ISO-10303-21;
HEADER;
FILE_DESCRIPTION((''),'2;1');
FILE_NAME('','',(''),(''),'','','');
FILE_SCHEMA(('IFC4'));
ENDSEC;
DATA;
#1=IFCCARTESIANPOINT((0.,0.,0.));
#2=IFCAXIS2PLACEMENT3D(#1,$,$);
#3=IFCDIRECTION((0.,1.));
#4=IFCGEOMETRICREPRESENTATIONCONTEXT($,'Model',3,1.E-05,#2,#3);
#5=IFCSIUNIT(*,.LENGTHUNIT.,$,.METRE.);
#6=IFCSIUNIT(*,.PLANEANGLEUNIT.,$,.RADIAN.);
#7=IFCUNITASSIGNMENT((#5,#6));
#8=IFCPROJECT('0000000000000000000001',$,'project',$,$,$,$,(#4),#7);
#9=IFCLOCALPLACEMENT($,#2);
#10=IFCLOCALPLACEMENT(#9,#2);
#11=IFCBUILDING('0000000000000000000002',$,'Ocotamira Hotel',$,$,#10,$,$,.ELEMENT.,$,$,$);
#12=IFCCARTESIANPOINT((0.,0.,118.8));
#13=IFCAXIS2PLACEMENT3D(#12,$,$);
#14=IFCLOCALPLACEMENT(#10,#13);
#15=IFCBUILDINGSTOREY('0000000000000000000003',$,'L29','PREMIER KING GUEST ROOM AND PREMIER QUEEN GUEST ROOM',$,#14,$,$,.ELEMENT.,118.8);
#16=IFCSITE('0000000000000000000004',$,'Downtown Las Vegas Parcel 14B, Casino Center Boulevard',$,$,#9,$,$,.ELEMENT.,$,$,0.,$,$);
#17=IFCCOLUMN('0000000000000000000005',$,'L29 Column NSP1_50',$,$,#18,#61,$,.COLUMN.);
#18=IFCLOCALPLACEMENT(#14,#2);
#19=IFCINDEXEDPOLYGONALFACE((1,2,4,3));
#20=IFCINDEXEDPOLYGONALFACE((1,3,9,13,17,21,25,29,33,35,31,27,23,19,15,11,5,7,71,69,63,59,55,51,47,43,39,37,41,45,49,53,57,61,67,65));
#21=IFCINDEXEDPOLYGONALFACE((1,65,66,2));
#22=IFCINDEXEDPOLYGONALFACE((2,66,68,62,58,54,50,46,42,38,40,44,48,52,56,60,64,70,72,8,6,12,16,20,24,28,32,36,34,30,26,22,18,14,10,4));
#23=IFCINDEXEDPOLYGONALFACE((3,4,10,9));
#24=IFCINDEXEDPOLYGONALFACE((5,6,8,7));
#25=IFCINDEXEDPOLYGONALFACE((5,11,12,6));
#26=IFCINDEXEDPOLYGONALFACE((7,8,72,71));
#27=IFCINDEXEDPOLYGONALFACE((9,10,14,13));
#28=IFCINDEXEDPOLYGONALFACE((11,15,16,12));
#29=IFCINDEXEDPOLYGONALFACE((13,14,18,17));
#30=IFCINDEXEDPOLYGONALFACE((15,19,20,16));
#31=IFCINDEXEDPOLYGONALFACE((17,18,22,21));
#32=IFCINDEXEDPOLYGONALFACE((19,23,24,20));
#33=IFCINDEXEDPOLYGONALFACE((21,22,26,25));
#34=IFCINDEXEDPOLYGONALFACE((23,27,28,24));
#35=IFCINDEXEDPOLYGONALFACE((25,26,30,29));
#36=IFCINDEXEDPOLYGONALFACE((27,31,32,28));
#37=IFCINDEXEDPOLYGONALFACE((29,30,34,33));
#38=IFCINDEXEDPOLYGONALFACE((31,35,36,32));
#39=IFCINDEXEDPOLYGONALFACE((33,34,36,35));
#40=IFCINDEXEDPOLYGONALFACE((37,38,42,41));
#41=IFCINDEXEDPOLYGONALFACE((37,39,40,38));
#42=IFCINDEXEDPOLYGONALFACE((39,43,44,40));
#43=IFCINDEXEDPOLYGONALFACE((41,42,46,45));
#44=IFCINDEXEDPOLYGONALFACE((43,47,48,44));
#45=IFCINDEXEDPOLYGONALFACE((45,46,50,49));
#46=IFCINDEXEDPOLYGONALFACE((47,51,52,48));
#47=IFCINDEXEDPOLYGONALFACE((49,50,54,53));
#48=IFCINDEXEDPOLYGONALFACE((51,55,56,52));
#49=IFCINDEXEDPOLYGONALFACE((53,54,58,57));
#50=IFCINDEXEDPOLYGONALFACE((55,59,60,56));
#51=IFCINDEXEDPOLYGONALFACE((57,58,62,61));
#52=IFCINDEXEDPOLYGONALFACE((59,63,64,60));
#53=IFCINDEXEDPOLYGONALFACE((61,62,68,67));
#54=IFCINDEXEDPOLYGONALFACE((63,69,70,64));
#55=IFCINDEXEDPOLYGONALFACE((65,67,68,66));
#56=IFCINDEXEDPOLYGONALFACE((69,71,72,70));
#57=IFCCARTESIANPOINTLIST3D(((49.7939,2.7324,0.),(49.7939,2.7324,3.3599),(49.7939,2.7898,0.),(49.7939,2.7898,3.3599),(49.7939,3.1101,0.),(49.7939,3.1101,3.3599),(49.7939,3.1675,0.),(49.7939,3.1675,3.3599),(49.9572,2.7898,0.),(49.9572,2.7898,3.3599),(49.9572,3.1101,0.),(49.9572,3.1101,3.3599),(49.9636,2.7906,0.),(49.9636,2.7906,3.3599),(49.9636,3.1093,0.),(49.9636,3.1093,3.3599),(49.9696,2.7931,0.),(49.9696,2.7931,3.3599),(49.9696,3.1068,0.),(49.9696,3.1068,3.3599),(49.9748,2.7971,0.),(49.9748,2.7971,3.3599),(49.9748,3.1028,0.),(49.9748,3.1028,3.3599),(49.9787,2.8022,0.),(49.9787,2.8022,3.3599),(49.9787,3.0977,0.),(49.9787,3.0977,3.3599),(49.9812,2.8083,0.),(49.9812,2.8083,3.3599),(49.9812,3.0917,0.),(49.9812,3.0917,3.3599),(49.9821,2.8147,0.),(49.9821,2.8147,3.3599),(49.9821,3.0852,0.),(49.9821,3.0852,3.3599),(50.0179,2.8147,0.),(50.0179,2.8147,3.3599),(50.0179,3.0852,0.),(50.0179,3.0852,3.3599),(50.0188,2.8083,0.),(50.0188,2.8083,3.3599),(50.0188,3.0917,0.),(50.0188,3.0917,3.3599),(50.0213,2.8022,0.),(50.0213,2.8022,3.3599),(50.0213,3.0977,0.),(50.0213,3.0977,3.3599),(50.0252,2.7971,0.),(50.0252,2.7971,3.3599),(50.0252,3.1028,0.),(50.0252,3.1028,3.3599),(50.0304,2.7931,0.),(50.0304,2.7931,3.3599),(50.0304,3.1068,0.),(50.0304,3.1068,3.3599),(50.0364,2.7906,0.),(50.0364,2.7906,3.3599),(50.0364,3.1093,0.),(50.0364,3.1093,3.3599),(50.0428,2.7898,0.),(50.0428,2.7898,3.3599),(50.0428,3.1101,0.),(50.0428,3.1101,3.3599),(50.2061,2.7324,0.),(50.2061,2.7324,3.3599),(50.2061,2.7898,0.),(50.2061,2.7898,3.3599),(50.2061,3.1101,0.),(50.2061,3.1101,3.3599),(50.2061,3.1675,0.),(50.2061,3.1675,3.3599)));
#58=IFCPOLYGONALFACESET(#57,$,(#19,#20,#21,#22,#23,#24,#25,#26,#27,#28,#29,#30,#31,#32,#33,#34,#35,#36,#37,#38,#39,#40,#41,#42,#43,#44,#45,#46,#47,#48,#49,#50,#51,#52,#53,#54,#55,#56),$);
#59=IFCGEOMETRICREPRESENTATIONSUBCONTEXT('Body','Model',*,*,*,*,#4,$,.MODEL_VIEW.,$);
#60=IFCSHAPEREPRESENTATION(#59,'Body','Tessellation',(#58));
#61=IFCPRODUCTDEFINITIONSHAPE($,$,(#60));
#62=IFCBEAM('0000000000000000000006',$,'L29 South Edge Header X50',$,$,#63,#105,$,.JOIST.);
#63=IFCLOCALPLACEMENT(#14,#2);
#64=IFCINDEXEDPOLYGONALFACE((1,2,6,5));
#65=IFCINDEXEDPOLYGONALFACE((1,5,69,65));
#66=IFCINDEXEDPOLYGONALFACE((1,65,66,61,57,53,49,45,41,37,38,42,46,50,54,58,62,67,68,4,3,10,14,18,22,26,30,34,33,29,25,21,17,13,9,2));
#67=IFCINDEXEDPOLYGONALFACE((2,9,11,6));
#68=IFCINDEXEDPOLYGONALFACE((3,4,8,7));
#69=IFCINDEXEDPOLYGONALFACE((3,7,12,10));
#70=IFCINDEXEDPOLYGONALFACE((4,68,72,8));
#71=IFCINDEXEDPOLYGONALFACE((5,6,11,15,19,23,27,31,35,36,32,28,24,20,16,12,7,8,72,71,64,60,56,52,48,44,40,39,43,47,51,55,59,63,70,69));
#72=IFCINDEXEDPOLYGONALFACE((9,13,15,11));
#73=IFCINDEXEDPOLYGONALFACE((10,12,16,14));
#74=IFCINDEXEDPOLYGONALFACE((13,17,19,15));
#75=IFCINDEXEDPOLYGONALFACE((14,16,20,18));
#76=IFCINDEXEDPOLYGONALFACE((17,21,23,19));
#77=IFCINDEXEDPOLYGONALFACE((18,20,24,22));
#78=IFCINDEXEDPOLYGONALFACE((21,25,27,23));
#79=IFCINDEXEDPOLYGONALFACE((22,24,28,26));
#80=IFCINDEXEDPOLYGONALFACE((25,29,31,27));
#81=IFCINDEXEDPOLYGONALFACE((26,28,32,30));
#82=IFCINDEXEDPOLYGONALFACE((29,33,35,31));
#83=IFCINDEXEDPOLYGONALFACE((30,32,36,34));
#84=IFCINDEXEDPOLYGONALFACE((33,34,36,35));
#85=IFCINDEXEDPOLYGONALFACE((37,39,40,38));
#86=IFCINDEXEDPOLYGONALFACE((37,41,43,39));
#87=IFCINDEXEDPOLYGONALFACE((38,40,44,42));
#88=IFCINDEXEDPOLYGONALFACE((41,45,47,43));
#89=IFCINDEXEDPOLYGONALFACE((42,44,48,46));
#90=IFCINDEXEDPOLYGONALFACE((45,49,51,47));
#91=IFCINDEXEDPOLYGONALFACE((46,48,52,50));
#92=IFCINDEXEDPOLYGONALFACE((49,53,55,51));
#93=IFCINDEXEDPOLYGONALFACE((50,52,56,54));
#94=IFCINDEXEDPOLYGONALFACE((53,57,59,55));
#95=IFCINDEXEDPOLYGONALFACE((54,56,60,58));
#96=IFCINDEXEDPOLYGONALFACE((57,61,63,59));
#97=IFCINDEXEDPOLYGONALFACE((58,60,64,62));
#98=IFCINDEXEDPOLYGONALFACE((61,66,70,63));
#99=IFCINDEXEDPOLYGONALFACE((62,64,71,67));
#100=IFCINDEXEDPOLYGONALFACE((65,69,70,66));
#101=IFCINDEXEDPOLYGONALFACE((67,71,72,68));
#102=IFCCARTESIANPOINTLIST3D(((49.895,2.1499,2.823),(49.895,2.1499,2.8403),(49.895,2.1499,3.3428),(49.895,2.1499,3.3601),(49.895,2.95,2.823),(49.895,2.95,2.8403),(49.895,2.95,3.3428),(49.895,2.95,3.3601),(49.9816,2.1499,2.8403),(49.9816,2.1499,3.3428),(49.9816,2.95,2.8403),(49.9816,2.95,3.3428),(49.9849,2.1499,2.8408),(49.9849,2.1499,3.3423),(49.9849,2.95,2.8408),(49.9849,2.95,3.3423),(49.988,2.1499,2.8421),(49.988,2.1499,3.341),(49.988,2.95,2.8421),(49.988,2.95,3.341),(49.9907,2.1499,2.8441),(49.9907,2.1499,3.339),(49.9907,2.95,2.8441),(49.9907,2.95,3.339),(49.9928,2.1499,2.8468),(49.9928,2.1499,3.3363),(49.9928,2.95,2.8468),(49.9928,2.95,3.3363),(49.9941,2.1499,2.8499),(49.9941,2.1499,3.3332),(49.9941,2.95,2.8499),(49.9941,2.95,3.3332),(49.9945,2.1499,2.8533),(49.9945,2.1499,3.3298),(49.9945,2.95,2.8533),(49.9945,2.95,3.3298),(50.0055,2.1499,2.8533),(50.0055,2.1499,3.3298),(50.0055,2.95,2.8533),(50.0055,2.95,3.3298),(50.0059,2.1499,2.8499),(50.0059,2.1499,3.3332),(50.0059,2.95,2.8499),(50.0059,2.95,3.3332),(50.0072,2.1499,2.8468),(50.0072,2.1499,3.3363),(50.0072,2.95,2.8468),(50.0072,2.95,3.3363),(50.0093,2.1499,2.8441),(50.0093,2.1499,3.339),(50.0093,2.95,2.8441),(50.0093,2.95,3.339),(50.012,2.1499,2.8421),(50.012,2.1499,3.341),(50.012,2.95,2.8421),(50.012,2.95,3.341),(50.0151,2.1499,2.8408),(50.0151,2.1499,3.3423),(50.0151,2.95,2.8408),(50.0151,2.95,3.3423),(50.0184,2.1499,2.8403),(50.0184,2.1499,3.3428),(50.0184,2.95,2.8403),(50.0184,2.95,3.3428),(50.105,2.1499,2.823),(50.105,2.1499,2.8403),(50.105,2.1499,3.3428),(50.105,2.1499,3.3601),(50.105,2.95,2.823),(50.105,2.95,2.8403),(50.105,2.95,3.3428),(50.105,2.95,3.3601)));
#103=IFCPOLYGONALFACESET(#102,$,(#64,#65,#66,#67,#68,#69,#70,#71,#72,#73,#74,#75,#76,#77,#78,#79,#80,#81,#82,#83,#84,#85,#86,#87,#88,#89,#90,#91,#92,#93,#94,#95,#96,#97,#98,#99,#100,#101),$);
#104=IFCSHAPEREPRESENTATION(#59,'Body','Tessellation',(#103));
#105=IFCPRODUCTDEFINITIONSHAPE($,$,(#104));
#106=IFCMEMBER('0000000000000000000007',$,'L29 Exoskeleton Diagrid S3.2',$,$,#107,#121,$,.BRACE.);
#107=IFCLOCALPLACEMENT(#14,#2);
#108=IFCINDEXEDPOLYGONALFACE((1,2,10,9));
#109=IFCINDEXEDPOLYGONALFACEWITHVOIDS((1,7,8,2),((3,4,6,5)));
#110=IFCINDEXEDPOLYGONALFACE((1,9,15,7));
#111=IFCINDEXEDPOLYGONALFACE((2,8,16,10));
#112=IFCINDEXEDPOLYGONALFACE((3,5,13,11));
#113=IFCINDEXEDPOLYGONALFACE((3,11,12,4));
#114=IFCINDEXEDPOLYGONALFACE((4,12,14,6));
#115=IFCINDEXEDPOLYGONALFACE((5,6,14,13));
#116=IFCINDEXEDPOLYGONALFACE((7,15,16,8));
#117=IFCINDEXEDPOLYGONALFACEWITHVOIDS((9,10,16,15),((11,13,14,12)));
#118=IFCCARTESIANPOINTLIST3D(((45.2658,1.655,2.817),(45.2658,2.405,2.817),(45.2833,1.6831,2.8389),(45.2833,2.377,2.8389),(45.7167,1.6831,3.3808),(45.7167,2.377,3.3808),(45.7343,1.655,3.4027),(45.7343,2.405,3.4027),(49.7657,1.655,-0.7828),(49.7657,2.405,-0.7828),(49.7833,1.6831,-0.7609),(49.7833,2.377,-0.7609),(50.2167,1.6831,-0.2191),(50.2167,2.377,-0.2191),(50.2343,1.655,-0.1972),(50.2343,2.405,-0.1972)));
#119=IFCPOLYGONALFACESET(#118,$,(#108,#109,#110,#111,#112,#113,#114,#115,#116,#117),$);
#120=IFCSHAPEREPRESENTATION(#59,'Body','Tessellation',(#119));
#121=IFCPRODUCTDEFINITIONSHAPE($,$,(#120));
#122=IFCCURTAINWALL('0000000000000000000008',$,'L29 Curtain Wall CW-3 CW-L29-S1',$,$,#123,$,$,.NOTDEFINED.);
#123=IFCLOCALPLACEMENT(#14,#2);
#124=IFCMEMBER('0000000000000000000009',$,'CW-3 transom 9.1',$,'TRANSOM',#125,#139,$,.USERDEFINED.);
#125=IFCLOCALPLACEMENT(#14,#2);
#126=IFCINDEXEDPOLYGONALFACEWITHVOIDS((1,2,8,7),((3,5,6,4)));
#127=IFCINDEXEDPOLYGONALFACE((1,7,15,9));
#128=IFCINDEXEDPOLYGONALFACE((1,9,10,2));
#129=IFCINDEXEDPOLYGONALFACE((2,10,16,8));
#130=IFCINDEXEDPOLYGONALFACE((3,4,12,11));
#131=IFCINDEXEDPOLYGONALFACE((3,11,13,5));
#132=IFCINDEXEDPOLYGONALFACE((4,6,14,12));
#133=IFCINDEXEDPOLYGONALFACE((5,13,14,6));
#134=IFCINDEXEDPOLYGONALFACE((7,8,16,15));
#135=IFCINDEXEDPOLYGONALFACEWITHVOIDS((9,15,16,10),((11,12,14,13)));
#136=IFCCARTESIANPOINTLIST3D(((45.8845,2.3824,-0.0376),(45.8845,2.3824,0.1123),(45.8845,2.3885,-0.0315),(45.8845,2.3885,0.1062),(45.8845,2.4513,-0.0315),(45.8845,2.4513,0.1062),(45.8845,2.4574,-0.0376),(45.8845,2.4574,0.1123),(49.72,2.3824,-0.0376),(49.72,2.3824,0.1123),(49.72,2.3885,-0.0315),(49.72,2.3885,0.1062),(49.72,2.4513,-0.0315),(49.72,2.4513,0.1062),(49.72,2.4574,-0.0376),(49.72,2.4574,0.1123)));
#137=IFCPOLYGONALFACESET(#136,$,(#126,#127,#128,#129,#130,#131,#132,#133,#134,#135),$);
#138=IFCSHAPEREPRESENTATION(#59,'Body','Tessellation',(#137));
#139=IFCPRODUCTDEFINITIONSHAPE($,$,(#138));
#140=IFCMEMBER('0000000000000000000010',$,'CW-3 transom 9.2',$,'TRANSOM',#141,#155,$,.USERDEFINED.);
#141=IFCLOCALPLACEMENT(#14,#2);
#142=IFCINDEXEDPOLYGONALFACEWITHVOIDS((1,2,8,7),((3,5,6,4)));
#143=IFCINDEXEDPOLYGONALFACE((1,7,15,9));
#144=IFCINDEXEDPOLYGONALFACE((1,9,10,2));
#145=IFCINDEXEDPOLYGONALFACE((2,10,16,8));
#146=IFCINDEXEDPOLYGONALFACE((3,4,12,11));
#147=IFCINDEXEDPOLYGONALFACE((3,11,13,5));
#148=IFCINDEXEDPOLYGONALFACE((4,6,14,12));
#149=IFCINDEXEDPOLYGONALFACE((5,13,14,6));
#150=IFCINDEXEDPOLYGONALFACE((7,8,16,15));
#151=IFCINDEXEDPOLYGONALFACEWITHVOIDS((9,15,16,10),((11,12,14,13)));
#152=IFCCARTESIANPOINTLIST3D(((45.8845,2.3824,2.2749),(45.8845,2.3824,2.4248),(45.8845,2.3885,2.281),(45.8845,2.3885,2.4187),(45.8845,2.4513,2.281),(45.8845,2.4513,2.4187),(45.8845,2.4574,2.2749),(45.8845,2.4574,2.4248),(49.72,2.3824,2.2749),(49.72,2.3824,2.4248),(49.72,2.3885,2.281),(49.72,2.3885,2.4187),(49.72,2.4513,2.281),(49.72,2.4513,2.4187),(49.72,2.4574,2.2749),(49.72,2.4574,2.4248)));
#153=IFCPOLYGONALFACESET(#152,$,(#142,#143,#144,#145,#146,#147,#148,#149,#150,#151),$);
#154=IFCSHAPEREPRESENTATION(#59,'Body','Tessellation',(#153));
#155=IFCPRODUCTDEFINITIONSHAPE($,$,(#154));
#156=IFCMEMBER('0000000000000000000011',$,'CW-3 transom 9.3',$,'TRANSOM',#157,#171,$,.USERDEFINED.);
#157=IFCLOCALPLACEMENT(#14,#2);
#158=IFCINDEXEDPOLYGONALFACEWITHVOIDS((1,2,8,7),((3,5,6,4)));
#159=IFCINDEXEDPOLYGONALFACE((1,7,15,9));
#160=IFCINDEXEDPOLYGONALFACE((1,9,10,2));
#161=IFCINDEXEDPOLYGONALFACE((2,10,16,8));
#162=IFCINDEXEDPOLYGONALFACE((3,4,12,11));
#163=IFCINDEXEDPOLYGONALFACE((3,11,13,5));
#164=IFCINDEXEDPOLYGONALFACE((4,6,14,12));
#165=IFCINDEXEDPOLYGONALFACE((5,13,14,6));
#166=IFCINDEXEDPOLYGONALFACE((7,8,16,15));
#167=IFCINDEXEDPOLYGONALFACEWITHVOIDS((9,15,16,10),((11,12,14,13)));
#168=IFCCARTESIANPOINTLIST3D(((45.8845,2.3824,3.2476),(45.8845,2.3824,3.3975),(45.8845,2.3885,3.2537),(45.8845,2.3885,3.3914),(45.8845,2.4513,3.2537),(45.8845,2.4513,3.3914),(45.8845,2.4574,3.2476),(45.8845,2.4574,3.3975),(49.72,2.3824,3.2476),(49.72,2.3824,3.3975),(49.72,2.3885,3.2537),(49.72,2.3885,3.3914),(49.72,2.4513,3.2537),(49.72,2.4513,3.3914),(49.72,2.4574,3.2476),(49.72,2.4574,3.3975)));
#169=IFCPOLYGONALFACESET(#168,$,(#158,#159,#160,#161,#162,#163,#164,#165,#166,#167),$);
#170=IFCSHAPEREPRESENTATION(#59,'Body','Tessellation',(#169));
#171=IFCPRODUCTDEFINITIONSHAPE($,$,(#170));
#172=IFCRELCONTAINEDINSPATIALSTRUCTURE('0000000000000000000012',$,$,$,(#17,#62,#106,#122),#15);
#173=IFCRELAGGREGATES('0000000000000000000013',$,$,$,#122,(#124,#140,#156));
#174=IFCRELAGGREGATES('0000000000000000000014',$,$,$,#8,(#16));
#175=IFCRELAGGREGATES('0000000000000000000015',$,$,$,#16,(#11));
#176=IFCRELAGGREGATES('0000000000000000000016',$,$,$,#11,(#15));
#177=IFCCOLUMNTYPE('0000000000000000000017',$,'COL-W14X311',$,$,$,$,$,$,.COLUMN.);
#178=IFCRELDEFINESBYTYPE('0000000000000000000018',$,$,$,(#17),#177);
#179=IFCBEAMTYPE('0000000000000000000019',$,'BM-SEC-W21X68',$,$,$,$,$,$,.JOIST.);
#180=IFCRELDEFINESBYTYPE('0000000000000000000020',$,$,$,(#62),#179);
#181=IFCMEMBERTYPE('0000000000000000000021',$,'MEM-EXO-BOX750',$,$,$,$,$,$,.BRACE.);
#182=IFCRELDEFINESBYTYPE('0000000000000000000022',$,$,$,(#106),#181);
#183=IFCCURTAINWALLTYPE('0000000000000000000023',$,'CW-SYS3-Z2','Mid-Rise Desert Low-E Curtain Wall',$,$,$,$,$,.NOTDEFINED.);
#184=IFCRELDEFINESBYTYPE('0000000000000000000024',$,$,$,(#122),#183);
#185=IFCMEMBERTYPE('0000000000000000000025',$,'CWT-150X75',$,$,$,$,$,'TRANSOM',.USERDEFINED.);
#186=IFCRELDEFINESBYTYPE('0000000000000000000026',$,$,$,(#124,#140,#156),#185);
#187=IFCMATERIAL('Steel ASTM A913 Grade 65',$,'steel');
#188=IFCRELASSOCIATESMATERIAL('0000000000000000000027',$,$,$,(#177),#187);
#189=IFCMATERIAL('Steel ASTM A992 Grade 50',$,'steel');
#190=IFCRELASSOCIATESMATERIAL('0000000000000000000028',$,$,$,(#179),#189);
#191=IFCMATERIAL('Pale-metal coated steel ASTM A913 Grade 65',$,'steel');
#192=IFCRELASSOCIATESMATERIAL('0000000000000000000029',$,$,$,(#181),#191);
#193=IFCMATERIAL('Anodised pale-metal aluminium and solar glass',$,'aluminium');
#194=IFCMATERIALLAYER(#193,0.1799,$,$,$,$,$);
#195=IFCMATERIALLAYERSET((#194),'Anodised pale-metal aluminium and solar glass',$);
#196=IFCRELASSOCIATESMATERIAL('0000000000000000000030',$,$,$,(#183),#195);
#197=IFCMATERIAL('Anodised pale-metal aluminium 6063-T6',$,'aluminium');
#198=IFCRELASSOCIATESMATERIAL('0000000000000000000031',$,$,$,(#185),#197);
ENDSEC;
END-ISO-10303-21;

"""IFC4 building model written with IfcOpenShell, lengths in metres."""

from ifc_helpers import new_model, si_unit, direction, frame, origin, origin_2d, place, context, subcontext, project, spatial, hollow_rectangle, i_section, extrude, source, transform, mapped, material, layer, layer_set, material_profile, profile_set, type_object, element, aggregate, save


model = new_model("IFC4")

# Units and contexts
model_context = context("Model", 3, precision=1e-05, world=origin(), true_north=direction((0.0, 1.0)))
body_context = subcontext(model_context, "Body", "Model", "MODEL_VIEW")
ifc_project = project(units=[si_unit("LENGTHUNIT", "METRE"), si_unit("PLANEANGLEUNIT", "RADIAN")], contexts=[model_context])

# Site, building, storey
site_placement = place(None, origin())
site = spatial("IfcSite", under=ifc_project, at=site_placement, Name="Downtown Las Vegas Parcel 14B, Casino Center Boulevard", CompositionType="ELEMENT", RefElevation=0.0)
building_placement = place(site_placement, origin())
building = spatial("IfcBuilding", under=site, at=building_placement, Name="Ocotamira Hotel", CompositionType="ELEMENT")
storey_placement = place(building_placement, frame((0.0, 0.0, 118.8)))
storey = spatial("IfcBuildingStorey", under=building, at=storey_placement, Name="L29", Description="PREMIER KING GUEST ROOM AND PREMIER QUEEN GUEST ROOM", CompositionType="ELEMENT", Elevation=118.8)

# Column
ifc_material_1 = material(Name="Steel ASTM A913 Grade 65", Category="steel")
ifc_material_profile_1 = material_profile(ifc_material_1, i_section(OverallWidth=0.4121, OverallDepth=0.4351, WebThickness=0.0359, FlangeThickness=0.0574, FilletRadius=0.0249, at=origin_2d()), Name="W14X311")
ifc_profile_set_1 = profile_set([ifc_material_profile_1], Name="Steel ASTM A913 Grade 65")
column_type = type_object("IfcColumnType", Name="COL-W14X311", PredefinedType="COLUMN", material=ifc_profile_set_1)
shared_shape_1 = source(origin(), body_context, "Body", "SweptSolid", [
    extrude(i_section(OverallWidth=0.4121, OverallDepth=0.4351, WebThickness=0.0359, FlangeThickness=0.0574, FilletRadius=0.0249, at=origin_2d()), origin(), (0.0, 0.0, 1.0), 3.3599),
])
column_placement = place(storey_placement, frame((50.0, 2.95, 0.0), z_axis=(0.0, 0.0, 1.0), x_axis=(1.0, 0.0, 0.0)))
element("IfcColumn", 1, at=column_placement, inside=storey, type_object=column_type, Name="L29 Column NSP1_50", PredefinedType="COLUMN", context=body_context, shape_type="MappedRepresentation", body=[
    mapped(shared_shape_1, transform((0.0, 0.0, 0.0), scale=1.0)),
])

# Beam
ifc_material_2 = material(Name="Steel ASTM A992 Grade 50", Category="steel")
ifc_material_profile_2 = material_profile(ifc_material_2, i_section(OverallWidth=0.21, OverallDepth=0.5371, WebThickness=0.011, FlangeThickness=0.0173, FilletRadius=0.0129, at=origin_2d()), Name="W21X68")
ifc_profile_set_2 = profile_set([ifc_material_profile_2], Name="Steel ASTM A992 Grade 50")
beam_type = type_object("IfcBeamType", Name="BM-SEC-W21X68", PredefinedType="JOIST", material=ifc_profile_set_2)
shared_shape_2 = source(origin(), body_context, "Body", "SweptSolid", [
    extrude(i_section(OverallWidth=0.21, OverallDepth=0.5371, WebThickness=0.011, FlangeThickness=0.0173, FilletRadius=0.0129, at=origin_2d()), origin(), (0.0, 0.0, 1.0), 0.8),
])
beam_placement = place(storey_placement, frame((50.0, 2.95, 3.0916), z_axis=(0.0, -1.0, 0.0), x_axis=(1.0, 0.0, 0.0)))
element("IfcBeam", 2, at=beam_placement, inside=storey, type_object=beam_type, Name="L29 South Edge Header X50", PredefinedType="JOIST", context=body_context, shape_type="MappedRepresentation", body=[
    mapped(shared_shape_2, transform((0.0, 0.0, 0.0), scale=1.0)),
])

# Member
ifc_material_3 = material(Name="Pale-metal coated steel ASTM A913 Grade 65", Category="steel")
ifc_material_profile_3 = material_profile(ifc_material_3, hollow_rectangle(XDim=0.75, YDim=0.75, WallThickness=0.0281, at=origin_2d()), Name="BOX750X750X28")
ifc_profile_set_3 = profile_set([ifc_material_profile_3], Name="Pale-metal coated steel ASTM A913 Grade 65")
member_type_1 = type_object("IfcMemberType", Name="MEM-EXO-BOX750", PredefinedType="BRACE", material=ifc_profile_set_3)
shared_shape_3 = source(origin(), body_context, "Body", "SweptSolid", [
    extrude(hollow_rectangle(XDim=0.75, YDim=0.75, WallThickness=0.0281, at=origin_2d()), origin(), (0.0, 0.0, 1.0), 5.7627),
])
member_1_placement = place(storey_placement, frame((50.0, 2.03, -0.49), z_axis=(-0.780881, 0.0, 0.62468), x_axis=(0.0, -1.0, 0.0)))
element("IfcMember", 3, at=member_1_placement, inside=storey, type_object=member_type_1, Name="L29 Exoskeleton Diagrid S3.2", PredefinedType="BRACE", context=body_context, shape_type="MappedRepresentation", body=[
    mapped(shared_shape_3, transform((0.0, 0.0, 0.0), scale=1.0)),
])

# Curtain wall, members
ifc_material_4 = material(Name="Anodised pale-metal aluminium and solar glass", Category="aluminium")
ifc_layer_1 = layer(ifc_material_4, 0.1799)
ifc_layer_set_1 = layer_set([ifc_layer_1], Name="Anodised pale-metal aluminium and solar glass")
curtain_wall_type = type_object("IfcCurtainWallType", Name="CW-SYS3-Z2", Description="Mid-Rise Desert Low-E Curtain Wall", PredefinedType="NOTDEFINED", material=ifc_layer_set_1)
curtain_wall_placement = place(storey_placement, origin())
curtain_wall = element("IfcCurtainWall", 4, at=curtain_wall_placement, inside=storey, type_object=curtain_wall_type, Name="L29 Curtain Wall CW-3 CW-L29-S1", PredefinedType="NOTDEFINED")
ifc_material_5 = material(Name="Anodised pale-metal aluminium 6063-T6", Category="aluminium")
ifc_material_profile_4 = material_profile(ifc_material_5, hollow_rectangle(XDim=0.075, YDim=0.1499, WallThickness=0.0061, at=origin_2d()), Name="HSS150X75X6")
ifc_profile_set_4 = profile_set([ifc_material_profile_4], Name="Anodised pale-metal aluminium 6063-T6")
member_type_2 = type_object("IfcMemberType", Name="CWT-150X75", ElementType="TRANSOM", PredefinedType="USERDEFINED", material=ifc_profile_set_4)
shared_shape_4 = source(origin(), body_context, "Body", "SweptSolid", [
    extrude(hollow_rectangle(XDim=0.075, YDim=0.1499, WallThickness=0.0061, at=origin_2d()), origin(), (0.0, 0.0, 1.0), 3.8354),
])
member_2_placement = place(storey_placement, frame((45.8845, 2.4199, 0.0374), z_axis=(1.0, 0.0, 0.0), x_axis=(0.0, 1.0, 0.0)))
member_2 = element("IfcMember", 5, at=member_2_placement, type_object=member_type_2, Name="CW-3 transom 9.1", ObjectType="TRANSOM", PredefinedType="USERDEFINED", context=body_context, shape_type="MappedRepresentation", body=[
    mapped(shared_shape_4, transform((0.0, 0.0, 0.0), scale=1.0)),
])
member_3_placement = place(storey_placement, frame((45.8845, 2.4199, 2.3499), z_axis=(1.0, 0.0, 0.0), x_axis=(0.0, 1.0, 0.0)))
member_3 = element("IfcMember", 6, at=member_3_placement, type_object=member_type_2, Name="CW-3 transom 9.2", ObjectType="TRANSOM", PredefinedType="USERDEFINED", context=body_context, shape_type="MappedRepresentation", body=[
    mapped(shared_shape_4, transform((0.0, 0.0, 0.0), scale=1.0)),
])
member_4_placement = place(storey_placement, frame((45.8845, 2.4199, 3.3225), z_axis=(1.0, 0.0, 0.0), x_axis=(0.0, 1.0, 0.0)))
member_4 = element("IfcMember", 7, at=member_4_placement, type_object=member_type_2, Name="CW-3 transom 9.3", ObjectType="TRANSOM", PredefinedType="USERDEFINED", context=body_context, shape_type="MappedRepresentation", body=[
    mapped(shared_shape_4, transform((0.0, 0.0, 0.0), scale=1.0)),
])
aggregate(curtain_wall, [member_2, member_3, member_4])

save(model, "model.ifc")
